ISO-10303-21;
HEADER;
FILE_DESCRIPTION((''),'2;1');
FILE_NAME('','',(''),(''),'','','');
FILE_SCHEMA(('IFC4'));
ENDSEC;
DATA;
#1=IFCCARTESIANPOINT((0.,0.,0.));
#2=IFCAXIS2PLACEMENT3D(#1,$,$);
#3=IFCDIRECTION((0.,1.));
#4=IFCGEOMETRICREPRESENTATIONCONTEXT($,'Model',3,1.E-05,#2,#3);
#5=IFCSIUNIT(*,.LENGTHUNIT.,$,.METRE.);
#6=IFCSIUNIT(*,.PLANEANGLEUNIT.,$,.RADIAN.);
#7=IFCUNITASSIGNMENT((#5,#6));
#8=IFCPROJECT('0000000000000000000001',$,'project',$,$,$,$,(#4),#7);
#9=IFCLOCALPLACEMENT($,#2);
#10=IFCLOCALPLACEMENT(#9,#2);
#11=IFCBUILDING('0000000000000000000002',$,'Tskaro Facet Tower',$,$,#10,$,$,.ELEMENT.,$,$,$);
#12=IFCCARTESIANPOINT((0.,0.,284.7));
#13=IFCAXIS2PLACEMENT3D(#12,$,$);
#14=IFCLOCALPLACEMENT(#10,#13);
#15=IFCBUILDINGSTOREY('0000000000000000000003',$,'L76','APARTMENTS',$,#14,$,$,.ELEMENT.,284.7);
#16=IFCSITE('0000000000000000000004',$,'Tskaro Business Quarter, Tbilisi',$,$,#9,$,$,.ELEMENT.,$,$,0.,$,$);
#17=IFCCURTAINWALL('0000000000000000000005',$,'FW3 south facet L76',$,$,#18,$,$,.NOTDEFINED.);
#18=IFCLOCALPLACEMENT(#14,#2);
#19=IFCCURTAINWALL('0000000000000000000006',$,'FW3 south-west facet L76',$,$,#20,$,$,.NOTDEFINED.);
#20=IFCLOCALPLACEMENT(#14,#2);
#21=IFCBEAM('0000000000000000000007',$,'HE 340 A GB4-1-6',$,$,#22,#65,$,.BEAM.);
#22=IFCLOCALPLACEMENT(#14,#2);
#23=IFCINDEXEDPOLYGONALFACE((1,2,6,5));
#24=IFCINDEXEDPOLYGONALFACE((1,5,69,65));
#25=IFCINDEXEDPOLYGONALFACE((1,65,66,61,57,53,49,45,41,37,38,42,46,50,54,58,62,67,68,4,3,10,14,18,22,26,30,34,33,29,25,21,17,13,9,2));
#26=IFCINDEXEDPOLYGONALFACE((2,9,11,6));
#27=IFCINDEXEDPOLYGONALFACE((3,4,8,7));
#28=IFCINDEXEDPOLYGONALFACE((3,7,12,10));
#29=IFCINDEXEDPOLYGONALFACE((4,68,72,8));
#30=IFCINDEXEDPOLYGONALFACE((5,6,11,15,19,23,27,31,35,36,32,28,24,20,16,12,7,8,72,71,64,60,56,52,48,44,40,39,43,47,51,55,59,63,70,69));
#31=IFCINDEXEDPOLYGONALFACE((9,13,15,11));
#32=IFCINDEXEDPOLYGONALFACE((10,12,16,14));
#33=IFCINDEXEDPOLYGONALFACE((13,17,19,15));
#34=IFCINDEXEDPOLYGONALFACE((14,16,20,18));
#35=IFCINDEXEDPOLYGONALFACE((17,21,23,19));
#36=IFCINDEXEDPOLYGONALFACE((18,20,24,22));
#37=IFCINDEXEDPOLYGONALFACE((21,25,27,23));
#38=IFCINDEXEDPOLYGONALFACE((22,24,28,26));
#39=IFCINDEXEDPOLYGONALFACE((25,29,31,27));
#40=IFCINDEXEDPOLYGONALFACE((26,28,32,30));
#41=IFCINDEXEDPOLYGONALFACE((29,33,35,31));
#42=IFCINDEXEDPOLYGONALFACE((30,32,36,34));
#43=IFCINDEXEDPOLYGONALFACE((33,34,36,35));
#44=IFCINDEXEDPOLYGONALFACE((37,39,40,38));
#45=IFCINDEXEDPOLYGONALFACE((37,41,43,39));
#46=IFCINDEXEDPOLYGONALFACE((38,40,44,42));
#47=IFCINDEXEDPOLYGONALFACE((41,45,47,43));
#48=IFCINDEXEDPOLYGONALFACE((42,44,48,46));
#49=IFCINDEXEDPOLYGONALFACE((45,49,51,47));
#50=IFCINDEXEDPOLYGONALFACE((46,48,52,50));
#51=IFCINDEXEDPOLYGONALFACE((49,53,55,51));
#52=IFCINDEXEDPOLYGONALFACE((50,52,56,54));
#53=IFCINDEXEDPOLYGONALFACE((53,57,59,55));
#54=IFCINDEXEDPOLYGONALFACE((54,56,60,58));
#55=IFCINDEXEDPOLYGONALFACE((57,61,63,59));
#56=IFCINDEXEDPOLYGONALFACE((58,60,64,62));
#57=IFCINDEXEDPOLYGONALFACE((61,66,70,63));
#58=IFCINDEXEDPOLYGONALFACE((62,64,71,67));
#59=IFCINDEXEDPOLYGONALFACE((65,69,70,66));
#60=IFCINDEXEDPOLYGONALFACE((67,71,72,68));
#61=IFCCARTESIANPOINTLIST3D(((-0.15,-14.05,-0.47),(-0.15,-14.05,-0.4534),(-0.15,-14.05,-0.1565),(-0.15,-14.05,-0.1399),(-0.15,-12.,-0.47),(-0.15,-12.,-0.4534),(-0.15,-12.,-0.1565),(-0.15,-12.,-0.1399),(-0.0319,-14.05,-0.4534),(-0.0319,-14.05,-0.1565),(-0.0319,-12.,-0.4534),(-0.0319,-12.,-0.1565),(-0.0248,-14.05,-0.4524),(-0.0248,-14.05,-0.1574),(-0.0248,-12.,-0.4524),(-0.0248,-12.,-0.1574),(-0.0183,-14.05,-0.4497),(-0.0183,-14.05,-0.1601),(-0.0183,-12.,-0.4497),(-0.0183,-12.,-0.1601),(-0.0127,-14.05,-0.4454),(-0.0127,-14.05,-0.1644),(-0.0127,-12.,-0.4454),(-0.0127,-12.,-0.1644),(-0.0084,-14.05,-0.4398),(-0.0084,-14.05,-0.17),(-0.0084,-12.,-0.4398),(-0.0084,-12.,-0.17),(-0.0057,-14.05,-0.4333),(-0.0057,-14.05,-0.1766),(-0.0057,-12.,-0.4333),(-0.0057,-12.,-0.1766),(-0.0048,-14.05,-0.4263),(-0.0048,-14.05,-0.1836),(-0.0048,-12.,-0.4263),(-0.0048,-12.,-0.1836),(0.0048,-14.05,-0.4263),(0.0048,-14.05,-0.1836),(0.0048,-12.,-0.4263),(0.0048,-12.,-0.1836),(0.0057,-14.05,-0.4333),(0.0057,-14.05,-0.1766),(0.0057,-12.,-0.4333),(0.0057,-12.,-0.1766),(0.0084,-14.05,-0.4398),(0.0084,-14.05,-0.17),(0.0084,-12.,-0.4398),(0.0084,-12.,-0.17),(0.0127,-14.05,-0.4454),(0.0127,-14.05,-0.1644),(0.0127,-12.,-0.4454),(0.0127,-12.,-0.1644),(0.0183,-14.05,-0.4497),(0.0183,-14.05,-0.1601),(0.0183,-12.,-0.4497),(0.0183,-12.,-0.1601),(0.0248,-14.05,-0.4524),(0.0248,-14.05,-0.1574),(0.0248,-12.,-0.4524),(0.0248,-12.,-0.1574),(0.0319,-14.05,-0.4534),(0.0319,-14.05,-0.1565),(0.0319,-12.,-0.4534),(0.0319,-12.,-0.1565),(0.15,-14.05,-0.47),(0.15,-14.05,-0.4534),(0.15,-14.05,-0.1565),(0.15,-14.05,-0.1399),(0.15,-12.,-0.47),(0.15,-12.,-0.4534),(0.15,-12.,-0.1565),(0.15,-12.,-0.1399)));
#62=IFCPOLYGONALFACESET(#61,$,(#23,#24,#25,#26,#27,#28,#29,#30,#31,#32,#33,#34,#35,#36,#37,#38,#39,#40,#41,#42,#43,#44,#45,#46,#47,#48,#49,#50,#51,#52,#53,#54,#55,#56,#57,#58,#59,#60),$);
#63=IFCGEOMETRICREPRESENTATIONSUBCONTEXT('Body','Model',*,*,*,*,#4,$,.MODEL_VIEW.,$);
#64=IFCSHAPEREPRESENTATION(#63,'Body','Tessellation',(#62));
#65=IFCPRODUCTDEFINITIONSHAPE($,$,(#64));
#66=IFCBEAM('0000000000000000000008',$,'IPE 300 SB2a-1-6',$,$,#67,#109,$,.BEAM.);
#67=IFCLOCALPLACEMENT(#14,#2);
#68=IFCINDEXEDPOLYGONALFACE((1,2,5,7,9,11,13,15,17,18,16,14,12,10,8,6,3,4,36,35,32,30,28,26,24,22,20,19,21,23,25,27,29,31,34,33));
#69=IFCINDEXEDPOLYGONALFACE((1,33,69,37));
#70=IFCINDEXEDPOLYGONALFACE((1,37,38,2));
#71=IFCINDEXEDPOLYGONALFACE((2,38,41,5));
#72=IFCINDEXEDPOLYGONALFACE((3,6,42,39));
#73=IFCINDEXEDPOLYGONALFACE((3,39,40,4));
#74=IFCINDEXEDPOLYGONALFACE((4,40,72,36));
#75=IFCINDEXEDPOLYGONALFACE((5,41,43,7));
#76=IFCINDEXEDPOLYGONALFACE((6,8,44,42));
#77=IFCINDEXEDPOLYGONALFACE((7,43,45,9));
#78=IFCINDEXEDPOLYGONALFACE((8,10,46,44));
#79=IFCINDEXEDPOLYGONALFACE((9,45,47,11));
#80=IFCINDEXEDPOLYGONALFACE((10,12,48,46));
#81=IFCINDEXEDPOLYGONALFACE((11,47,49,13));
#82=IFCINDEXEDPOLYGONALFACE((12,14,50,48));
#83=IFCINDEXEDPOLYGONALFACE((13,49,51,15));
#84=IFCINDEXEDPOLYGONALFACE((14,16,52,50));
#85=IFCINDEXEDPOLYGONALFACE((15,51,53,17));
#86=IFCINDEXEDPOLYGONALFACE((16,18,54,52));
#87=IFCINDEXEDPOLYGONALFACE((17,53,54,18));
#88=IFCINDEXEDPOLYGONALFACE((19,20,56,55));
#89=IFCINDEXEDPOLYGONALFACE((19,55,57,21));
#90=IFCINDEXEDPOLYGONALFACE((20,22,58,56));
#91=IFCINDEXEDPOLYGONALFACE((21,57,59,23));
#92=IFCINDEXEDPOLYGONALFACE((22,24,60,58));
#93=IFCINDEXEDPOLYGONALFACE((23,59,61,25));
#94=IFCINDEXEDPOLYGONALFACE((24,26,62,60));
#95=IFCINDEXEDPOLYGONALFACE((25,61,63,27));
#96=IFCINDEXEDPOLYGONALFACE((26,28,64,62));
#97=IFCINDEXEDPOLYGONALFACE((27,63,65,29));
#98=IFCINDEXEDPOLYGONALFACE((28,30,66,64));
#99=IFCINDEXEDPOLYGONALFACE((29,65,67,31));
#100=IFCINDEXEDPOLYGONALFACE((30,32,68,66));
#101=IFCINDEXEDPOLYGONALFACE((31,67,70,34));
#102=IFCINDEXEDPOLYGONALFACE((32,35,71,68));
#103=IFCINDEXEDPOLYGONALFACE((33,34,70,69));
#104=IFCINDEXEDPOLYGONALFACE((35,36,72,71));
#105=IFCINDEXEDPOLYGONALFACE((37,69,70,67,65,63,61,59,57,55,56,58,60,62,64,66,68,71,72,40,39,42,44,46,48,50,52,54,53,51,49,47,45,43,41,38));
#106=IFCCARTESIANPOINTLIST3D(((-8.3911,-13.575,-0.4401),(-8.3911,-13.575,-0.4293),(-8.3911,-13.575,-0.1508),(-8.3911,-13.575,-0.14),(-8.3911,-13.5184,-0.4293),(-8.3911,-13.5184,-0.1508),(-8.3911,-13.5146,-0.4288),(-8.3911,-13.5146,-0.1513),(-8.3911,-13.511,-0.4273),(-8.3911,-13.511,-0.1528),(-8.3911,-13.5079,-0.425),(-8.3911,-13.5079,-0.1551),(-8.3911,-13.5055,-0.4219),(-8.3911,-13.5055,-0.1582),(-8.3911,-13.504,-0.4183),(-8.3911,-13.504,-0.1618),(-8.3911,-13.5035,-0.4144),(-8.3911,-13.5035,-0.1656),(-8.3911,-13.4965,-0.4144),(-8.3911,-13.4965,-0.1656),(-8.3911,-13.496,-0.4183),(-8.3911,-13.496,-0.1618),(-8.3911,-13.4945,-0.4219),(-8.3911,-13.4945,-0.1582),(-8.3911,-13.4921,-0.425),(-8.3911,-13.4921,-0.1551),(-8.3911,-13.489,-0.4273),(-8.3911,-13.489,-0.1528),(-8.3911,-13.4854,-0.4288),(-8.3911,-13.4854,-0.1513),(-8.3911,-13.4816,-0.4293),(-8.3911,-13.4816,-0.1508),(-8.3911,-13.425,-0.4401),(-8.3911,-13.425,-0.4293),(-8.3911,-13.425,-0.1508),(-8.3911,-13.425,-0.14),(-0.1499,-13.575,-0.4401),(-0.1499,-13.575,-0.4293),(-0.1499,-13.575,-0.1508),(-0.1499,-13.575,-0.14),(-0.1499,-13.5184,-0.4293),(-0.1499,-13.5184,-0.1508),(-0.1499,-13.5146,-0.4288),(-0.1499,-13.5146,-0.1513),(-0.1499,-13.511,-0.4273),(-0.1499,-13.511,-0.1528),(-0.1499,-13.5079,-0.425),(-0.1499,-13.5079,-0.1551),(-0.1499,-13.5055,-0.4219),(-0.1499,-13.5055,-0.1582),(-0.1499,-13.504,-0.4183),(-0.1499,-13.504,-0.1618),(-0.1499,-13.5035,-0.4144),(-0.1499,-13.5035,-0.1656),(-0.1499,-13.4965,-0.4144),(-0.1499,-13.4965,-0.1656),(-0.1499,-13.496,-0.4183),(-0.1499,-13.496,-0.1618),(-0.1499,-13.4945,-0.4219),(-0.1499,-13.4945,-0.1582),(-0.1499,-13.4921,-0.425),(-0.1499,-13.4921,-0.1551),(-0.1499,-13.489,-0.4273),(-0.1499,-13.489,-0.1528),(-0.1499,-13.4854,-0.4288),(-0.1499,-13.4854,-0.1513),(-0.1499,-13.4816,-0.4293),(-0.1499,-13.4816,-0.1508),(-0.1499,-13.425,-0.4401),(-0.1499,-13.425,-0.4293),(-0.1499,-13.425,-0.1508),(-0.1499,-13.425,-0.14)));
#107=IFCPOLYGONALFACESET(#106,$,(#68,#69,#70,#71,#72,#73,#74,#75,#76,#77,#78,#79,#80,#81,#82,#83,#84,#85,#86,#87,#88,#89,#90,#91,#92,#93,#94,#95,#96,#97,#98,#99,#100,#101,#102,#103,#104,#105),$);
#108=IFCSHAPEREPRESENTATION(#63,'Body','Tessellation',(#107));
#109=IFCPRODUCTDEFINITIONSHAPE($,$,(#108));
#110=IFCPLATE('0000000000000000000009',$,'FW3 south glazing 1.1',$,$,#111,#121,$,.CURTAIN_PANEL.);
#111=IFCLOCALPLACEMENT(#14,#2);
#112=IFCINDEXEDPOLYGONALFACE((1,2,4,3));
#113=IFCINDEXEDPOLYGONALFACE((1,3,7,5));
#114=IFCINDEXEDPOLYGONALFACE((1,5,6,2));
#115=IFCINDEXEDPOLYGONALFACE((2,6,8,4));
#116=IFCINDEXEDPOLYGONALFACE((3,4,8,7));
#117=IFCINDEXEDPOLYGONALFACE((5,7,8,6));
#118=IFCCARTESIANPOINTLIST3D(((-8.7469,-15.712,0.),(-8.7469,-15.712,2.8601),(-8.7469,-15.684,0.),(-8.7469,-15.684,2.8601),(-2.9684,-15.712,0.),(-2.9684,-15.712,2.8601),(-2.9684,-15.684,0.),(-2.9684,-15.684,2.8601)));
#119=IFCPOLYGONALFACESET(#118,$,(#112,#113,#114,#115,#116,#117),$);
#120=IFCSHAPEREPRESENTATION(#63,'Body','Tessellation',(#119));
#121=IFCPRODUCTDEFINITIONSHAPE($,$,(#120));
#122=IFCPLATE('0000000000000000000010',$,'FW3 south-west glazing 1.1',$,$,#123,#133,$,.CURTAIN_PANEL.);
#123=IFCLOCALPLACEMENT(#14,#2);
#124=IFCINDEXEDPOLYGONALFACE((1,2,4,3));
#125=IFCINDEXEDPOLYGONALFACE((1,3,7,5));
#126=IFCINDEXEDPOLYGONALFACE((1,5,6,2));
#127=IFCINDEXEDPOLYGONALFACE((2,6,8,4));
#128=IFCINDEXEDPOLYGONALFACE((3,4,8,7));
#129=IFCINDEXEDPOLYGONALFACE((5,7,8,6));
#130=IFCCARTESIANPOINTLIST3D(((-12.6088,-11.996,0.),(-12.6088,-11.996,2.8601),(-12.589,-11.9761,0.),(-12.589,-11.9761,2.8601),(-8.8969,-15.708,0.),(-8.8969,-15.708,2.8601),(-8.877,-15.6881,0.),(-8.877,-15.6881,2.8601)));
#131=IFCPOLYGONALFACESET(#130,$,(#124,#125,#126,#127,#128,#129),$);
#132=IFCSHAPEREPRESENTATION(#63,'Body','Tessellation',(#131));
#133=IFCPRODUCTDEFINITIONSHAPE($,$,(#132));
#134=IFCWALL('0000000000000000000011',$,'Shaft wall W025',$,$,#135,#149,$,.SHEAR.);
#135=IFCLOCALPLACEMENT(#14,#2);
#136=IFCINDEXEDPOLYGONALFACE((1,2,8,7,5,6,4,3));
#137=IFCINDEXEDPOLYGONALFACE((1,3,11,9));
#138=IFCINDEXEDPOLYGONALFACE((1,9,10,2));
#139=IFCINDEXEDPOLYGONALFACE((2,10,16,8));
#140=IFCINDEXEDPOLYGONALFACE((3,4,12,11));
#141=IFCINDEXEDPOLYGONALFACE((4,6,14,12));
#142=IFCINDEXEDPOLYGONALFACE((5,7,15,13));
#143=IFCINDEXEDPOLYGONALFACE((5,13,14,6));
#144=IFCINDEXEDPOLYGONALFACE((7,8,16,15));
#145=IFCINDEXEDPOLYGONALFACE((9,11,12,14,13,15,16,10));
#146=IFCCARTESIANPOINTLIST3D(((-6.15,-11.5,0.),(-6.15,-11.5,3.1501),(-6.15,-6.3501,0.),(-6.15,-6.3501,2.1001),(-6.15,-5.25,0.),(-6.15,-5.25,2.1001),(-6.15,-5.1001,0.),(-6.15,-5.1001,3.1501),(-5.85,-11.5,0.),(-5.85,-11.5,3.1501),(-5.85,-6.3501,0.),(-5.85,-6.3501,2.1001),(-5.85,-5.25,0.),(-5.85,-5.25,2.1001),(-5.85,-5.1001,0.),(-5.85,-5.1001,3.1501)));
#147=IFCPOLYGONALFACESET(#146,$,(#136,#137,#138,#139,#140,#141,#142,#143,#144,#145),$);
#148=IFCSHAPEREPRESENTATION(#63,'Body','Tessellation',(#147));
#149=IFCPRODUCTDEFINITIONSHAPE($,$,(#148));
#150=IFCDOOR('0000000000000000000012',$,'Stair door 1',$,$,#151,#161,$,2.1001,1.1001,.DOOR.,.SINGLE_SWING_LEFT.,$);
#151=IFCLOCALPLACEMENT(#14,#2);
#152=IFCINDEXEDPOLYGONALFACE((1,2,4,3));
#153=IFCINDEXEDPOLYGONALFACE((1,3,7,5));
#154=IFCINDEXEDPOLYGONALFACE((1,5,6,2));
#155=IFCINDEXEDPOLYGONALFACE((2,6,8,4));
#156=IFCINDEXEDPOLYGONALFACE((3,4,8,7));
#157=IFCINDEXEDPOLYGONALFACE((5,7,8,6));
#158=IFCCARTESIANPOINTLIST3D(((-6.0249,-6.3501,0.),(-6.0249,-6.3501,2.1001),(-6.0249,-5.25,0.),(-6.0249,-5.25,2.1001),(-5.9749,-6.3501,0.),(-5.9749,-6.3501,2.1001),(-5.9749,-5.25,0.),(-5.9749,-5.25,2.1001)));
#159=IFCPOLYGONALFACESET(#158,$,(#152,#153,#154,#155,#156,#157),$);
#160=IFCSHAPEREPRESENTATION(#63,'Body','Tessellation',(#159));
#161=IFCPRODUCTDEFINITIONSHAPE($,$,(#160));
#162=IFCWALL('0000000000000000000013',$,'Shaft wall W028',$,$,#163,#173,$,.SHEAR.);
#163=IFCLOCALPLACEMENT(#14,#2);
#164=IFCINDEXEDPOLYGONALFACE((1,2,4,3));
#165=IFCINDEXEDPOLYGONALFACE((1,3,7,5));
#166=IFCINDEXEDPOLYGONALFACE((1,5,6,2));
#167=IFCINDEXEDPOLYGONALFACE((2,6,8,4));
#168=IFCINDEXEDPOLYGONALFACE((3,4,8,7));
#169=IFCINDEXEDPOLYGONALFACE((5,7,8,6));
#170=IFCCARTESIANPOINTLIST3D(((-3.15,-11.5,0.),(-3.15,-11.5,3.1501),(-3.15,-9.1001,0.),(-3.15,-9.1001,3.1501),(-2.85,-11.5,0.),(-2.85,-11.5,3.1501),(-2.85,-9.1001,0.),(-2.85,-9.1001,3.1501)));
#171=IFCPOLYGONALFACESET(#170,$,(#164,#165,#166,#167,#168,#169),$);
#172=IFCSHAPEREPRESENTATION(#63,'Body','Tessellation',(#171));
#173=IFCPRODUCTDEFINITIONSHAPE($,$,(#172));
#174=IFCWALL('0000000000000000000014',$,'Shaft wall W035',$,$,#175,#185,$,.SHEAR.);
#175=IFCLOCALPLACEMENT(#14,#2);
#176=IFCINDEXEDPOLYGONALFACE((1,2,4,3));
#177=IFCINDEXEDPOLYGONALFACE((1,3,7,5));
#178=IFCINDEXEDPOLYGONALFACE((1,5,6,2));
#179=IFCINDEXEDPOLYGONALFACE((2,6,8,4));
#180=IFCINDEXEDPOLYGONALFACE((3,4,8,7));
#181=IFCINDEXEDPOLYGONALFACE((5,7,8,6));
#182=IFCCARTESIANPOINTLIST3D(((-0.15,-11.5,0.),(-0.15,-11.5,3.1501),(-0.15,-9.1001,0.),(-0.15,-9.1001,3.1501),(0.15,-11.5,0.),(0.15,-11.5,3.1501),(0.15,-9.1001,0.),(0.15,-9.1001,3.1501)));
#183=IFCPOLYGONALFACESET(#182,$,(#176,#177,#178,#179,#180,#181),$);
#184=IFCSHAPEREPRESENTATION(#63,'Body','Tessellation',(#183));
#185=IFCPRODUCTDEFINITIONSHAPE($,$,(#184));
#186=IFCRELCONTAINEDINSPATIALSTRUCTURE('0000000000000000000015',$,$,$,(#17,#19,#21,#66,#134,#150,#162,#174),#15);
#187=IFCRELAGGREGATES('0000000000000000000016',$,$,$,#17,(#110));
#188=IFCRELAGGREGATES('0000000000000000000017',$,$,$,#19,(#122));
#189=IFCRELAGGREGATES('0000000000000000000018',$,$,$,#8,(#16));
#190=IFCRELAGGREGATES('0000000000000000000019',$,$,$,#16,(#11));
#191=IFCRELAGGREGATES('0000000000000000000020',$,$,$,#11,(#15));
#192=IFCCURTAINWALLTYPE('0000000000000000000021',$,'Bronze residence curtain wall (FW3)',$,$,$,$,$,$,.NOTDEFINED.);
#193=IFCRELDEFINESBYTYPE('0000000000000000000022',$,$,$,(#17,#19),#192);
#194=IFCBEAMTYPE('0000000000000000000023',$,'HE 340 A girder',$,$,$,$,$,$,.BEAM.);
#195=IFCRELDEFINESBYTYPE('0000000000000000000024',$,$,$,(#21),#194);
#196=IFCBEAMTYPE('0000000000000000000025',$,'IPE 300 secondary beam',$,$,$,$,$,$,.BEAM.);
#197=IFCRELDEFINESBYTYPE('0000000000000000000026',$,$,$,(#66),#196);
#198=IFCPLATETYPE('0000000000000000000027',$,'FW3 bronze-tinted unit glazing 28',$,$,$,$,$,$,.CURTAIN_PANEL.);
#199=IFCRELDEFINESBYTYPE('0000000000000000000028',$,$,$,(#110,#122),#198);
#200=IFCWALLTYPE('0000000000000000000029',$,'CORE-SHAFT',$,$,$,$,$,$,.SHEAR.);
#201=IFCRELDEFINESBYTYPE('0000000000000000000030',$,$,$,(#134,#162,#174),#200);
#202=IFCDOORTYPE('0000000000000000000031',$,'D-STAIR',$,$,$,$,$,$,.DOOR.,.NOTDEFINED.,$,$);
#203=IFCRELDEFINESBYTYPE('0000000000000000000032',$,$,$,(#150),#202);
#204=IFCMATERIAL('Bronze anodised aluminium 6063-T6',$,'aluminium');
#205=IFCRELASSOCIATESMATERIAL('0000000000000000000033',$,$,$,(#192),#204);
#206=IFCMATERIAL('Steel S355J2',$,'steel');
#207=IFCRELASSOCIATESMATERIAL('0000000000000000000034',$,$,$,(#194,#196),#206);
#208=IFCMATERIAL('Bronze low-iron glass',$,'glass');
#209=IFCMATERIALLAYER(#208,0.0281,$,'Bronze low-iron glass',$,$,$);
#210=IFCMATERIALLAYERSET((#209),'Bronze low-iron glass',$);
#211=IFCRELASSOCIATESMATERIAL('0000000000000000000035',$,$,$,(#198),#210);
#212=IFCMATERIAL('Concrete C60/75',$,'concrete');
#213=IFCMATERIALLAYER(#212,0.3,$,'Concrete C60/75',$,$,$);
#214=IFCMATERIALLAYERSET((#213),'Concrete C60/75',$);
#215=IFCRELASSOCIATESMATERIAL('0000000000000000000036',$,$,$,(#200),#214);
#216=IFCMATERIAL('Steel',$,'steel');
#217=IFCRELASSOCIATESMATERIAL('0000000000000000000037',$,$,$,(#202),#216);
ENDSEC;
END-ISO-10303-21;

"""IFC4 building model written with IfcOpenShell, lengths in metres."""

from ifc_helpers import new_model, si_unit, direction, frame, frame_2d, origin, origin_2d, place, context, subcontext, project, spatial, rectangle, i_section, extrude, material, layer, layer_set, material_profile, profile_set, type_object, element, fill, aggregate, save


model = new_model("IFC4")

# Units and contexts
model_context = context("Model", 3, precision=1e-05, world=origin(), true_north=direction((0.0, 1.0)))
body_context = subcontext(model_context, "Body", "Model", "MODEL_VIEW")
ifc_project = project(units=[si_unit("LENGTHUNIT", "METRE"), si_unit("PLANEANGLEUNIT", "RADIAN")], contexts=[model_context])

# Site, building, storey
site_placement = place(None, origin())
site = spatial("IfcSite", under=ifc_project, at=site_placement, Name="Tskaro Business Quarter, Tbilisi", CompositionType="ELEMENT", RefElevation=0.0)
building_placement = place(site_placement, origin())
building = spatial("IfcBuilding", under=site, at=building_placement, Name="Tskaro Facet Tower", CompositionType="ELEMENT")
storey_placement = place(building_placement, frame((0.0, 0.0, 284.7)))
storey = spatial("IfcBuildingStorey", under=building, at=storey_placement, Name="L76", Description="APARTMENTS", CompositionType="ELEMENT", Elevation=284.7)

# Shared definitions
ifc_material_1 = material(Name="Steel S355J2", Category="steel")

# Curtain walls
ifc_material_2 = material(Name="Bronze anodised aluminium 6063-T6", Category="aluminium")
curtain_wall_type = type_object("IfcCurtainWallType", Name="Bronze residence curtain wall (FW3)", PredefinedType="NOTDEFINED", material=ifc_material_2)
curtain_wall_1_placement = place(storey_placement, origin())
curtain_wall_1 = element("IfcCurtainWall", 1, at=curtain_wall_1_placement, inside=storey, type_object=curtain_wall_type, Name="FW3 south facet L76", PredefinedType="NOTDEFINED")
curtain_wall_2_placement = place(storey_placement, origin())
curtain_wall_2 = element("IfcCurtainWall", 2, at=curtain_wall_2_placement, inside=storey, type_object=curtain_wall_type, Name="FW3 south-west facet L76", PredefinedType="NOTDEFINED")

# Beams
ifc_material_profile_1 = material_profile(ifc_material_1, i_section(OverallWidth=0.3, OverallDepth=0.3301, WebThickness=0.0095, FlangeThickness=0.0166, FilletRadius=0.0271, at=origin_2d()), Name="HE 340 A")
ifc_profile_set_1 = profile_set([ifc_material_profile_1], Name="Steel S355J2")
beam_type_1 = type_object("IfcBeamType", Name="HE 340 A girder", PredefinedType="BEAM", material=ifc_profile_set_1)
beam_1_placement = place(storey_placement, frame((0.0, -14.05, -0.3049), z_axis=(0.0, 1.0, 0.0), x_axis=(-1.0, 0.0, 0.0)))
element("IfcBeam", 3, at=beam_1_placement, inside=storey, type_object=beam_type_1, Name="HE 340 A GB4-1-6", PredefinedType="BEAM", context=body_context, shape_type="SweptSolid", body=[
    extrude(i_section(OverallWidth=0.3, OverallDepth=0.3301, WebThickness=0.0095, FlangeThickness=0.0166, FilletRadius=0.0271, at=origin_2d()), origin(), (0.0, 0.0, 1.0), 2.05),
])
ifc_material_profile_2 = material_profile(ifc_material_1, i_section(OverallWidth=0.1499, OverallDepth=0.3, WebThickness=0.0071, FlangeThickness=0.0107, FilletRadius=0.0149, at=origin_2d()), Name="IPE 300")
ifc_profile_set_2 = profile_set([ifc_material_profile_2], Name="Steel S355J2")
beam_type_2 = type_object("IfcBeamType", Name="IPE 300 secondary beam", PredefinedType="BEAM", material=ifc_profile_set_2)
beam_2_placement = place(storey_placement, frame((-8.3911, -13.5, -0.29), z_axis=(1.0, 0.0, 0.0), x_axis=(0.0, 1.0, 0.0)))
element("IfcBeam", 4, at=beam_2_placement, inside=storey, type_object=beam_type_2, Name="IPE 300 SB2a-1-6", PredefinedType="BEAM", context=body_context, shape_type="SweptSolid", body=[
    extrude(i_section(OverallWidth=0.1499, OverallDepth=0.3, WebThickness=0.0071, FlangeThickness=0.0107, FilletRadius=0.0149, at=origin_2d()), origin(), (0.0, 0.0, 1.0), 8.2412),
])

# Plates
ifc_material_3 = material(Name="Bronze low-iron glass", Category="glass")
ifc_layer_1 = layer(ifc_material_3, 0.0281, Name="Bronze low-iron glass")
ifc_layer_set_1 = layer_set([ifc_layer_1], Name="Bronze low-iron glass")
plate_type = type_object("IfcPlateType", Name="FW3 bronze-tinted unit glazing 28", PredefinedType="CURTAIN_PANEL", material=ifc_layer_set_1)
plate_1_placement = place(storey_placement, frame((-5.8577, -15.698, 0.0), z_axis=(0.0, 0.0, 1.0), x_axis=(1.0, 0.0, 0.0)))
plate_1 = element("IfcPlate", 5, at=plate_1_placement, type_object=plate_type, Name="FW3 south glazing 1.1", PredefinedType="CURTAIN_PANEL", context=body_context, shape_type="SweptSolid", body=[
    extrude(rectangle(XDim=5.7786, YDim=0.0281, at=origin_2d()), origin(), (0.0, 0.0, 1.0), 2.8601),
])
aggregate(curtain_wall_1, [plate_1])
plate_2_placement = place(storey_placement, frame((-10.7429, -13.842, 0.0), z_axis=(0.0, 0.0, 1.0), x_axis=(0.707107, -0.707107, 0.0)))
plate_2 = element("IfcPlate", 6, at=plate_2_placement, type_object=plate_type, Name="FW3 south-west glazing 1.1", PredefinedType="CURTAIN_PANEL", context=body_context, shape_type="SweptSolid", body=[
    extrude(rectangle(XDim=5.2495, YDim=0.0281, at=origin_2d()), origin(), (0.0, 0.0, 1.0), 2.8601),
])
aggregate(curtain_wall_2, [plate_2])

# Wall, opening, door
ifc_material_4 = material(Name="Concrete C60/75", Category="concrete")
ifc_layer_2 = layer(ifc_material_4, 0.3, Name="Concrete C60/75")
ifc_layer_set_2 = layer_set([ifc_layer_2], Name="Concrete C60/75")
wall_type_1 = type_object("IfcWallType", Name="CORE-SHAFT", PredefinedType="SHEAR", material=ifc_layer_set_2)
wall_1_placement = place(storey_placement, frame((-6.0, -11.5, 0.0), z_axis=(0.0, 0.0, 1.0), x_axis=(0.0, 1.0, 0.0)))
wall_1 = element("IfcWall", 7, at=wall_1_placement, inside=storey, type_object=wall_type_1, Name="Shaft wall W025", PredefinedType="SHEAR", context=body_context, shape_type="SweptSolid", body=[
    extrude(rectangle(XDim=6.3999, YDim=0.3, at=frame_2d((3.2, 0.0))), origin(), (0.0, 0.0, 1.0), 3.1501),
])
opening_placement = place(wall_1_placement, frame((5.1499, 0.0, 0.0)))
opening = element("IfcOpeningElement", 8, at=opening_placement, cuts=wall_1, PredefinedType="OPENING", context=body_context, shape_type="SweptSolid", body=[
    extrude(rectangle(XDim=1.1001, YDim=2.1001, at=frame_2d((0.55, 1.05))), frame((0.0, 0.1599, 0.0), z_axis=(0.0, -1.0, 0.0), x_axis=(1.0, 0.0, 0.0)), (0.0, 0.0, 1.0), 0.3201),
])
ifc_material_5 = material(Name="Steel", Category="steel")
door_type = type_object("IfcDoorType", Name="D-STAIR", OperationType="NOTDEFINED", PredefinedType="DOOR", material=ifc_material_5)
door_placement = place(opening_placement, origin())
door = element("IfcDoor", 9, at=door_placement, inside=storey, type_object=door_type, Name="Stair door 1", OperationType="SINGLE_SWING_LEFT", OverallHeight=2.1001, OverallWidth=1.1001, PredefinedType="DOOR", context=body_context, shape_type="SweptSolid", body=[
    extrude(rectangle(XDim=1.1001, YDim=2.1001, at=frame_2d((0.55, 1.05))), frame((0.0, 0.0249, 0.0), z_axis=(0.0, -1.0, 0.0), x_axis=(1.0, 0.0, 0.0)), (0.0, 0.0, 1.0), 0.05),
])
fill(opening, door)

# Walls
for number, where, z_axis, x_axis, name in (
    (10, (-3.0, -11.5, 0.0), (0.0, 0.0, 1.0), (0.0, 1.0, 0.0), "Shaft wall W028"),
    (11, (0.0, -11.5, 0.0), (0.0, 0.0, 1.0), (0.0, 1.0, 0.0), "Shaft wall W035"),
):
    element("IfcWall", number, at=place(storey_placement, frame(where, z_axis=z_axis, x_axis=x_axis)), inside=storey, type_object=wall_type_1, Name=name, PredefinedType="SHEAR", context=body_context, shape_type="SweptSolid", body=[
        extrude(rectangle(XDim=2.3999, YDim=0.3, at=frame_2d((1.2, 0.0))), origin(), (0.0, 0.0, 1.0), 3.1501),
    ])

save(model, "model.ifc")
